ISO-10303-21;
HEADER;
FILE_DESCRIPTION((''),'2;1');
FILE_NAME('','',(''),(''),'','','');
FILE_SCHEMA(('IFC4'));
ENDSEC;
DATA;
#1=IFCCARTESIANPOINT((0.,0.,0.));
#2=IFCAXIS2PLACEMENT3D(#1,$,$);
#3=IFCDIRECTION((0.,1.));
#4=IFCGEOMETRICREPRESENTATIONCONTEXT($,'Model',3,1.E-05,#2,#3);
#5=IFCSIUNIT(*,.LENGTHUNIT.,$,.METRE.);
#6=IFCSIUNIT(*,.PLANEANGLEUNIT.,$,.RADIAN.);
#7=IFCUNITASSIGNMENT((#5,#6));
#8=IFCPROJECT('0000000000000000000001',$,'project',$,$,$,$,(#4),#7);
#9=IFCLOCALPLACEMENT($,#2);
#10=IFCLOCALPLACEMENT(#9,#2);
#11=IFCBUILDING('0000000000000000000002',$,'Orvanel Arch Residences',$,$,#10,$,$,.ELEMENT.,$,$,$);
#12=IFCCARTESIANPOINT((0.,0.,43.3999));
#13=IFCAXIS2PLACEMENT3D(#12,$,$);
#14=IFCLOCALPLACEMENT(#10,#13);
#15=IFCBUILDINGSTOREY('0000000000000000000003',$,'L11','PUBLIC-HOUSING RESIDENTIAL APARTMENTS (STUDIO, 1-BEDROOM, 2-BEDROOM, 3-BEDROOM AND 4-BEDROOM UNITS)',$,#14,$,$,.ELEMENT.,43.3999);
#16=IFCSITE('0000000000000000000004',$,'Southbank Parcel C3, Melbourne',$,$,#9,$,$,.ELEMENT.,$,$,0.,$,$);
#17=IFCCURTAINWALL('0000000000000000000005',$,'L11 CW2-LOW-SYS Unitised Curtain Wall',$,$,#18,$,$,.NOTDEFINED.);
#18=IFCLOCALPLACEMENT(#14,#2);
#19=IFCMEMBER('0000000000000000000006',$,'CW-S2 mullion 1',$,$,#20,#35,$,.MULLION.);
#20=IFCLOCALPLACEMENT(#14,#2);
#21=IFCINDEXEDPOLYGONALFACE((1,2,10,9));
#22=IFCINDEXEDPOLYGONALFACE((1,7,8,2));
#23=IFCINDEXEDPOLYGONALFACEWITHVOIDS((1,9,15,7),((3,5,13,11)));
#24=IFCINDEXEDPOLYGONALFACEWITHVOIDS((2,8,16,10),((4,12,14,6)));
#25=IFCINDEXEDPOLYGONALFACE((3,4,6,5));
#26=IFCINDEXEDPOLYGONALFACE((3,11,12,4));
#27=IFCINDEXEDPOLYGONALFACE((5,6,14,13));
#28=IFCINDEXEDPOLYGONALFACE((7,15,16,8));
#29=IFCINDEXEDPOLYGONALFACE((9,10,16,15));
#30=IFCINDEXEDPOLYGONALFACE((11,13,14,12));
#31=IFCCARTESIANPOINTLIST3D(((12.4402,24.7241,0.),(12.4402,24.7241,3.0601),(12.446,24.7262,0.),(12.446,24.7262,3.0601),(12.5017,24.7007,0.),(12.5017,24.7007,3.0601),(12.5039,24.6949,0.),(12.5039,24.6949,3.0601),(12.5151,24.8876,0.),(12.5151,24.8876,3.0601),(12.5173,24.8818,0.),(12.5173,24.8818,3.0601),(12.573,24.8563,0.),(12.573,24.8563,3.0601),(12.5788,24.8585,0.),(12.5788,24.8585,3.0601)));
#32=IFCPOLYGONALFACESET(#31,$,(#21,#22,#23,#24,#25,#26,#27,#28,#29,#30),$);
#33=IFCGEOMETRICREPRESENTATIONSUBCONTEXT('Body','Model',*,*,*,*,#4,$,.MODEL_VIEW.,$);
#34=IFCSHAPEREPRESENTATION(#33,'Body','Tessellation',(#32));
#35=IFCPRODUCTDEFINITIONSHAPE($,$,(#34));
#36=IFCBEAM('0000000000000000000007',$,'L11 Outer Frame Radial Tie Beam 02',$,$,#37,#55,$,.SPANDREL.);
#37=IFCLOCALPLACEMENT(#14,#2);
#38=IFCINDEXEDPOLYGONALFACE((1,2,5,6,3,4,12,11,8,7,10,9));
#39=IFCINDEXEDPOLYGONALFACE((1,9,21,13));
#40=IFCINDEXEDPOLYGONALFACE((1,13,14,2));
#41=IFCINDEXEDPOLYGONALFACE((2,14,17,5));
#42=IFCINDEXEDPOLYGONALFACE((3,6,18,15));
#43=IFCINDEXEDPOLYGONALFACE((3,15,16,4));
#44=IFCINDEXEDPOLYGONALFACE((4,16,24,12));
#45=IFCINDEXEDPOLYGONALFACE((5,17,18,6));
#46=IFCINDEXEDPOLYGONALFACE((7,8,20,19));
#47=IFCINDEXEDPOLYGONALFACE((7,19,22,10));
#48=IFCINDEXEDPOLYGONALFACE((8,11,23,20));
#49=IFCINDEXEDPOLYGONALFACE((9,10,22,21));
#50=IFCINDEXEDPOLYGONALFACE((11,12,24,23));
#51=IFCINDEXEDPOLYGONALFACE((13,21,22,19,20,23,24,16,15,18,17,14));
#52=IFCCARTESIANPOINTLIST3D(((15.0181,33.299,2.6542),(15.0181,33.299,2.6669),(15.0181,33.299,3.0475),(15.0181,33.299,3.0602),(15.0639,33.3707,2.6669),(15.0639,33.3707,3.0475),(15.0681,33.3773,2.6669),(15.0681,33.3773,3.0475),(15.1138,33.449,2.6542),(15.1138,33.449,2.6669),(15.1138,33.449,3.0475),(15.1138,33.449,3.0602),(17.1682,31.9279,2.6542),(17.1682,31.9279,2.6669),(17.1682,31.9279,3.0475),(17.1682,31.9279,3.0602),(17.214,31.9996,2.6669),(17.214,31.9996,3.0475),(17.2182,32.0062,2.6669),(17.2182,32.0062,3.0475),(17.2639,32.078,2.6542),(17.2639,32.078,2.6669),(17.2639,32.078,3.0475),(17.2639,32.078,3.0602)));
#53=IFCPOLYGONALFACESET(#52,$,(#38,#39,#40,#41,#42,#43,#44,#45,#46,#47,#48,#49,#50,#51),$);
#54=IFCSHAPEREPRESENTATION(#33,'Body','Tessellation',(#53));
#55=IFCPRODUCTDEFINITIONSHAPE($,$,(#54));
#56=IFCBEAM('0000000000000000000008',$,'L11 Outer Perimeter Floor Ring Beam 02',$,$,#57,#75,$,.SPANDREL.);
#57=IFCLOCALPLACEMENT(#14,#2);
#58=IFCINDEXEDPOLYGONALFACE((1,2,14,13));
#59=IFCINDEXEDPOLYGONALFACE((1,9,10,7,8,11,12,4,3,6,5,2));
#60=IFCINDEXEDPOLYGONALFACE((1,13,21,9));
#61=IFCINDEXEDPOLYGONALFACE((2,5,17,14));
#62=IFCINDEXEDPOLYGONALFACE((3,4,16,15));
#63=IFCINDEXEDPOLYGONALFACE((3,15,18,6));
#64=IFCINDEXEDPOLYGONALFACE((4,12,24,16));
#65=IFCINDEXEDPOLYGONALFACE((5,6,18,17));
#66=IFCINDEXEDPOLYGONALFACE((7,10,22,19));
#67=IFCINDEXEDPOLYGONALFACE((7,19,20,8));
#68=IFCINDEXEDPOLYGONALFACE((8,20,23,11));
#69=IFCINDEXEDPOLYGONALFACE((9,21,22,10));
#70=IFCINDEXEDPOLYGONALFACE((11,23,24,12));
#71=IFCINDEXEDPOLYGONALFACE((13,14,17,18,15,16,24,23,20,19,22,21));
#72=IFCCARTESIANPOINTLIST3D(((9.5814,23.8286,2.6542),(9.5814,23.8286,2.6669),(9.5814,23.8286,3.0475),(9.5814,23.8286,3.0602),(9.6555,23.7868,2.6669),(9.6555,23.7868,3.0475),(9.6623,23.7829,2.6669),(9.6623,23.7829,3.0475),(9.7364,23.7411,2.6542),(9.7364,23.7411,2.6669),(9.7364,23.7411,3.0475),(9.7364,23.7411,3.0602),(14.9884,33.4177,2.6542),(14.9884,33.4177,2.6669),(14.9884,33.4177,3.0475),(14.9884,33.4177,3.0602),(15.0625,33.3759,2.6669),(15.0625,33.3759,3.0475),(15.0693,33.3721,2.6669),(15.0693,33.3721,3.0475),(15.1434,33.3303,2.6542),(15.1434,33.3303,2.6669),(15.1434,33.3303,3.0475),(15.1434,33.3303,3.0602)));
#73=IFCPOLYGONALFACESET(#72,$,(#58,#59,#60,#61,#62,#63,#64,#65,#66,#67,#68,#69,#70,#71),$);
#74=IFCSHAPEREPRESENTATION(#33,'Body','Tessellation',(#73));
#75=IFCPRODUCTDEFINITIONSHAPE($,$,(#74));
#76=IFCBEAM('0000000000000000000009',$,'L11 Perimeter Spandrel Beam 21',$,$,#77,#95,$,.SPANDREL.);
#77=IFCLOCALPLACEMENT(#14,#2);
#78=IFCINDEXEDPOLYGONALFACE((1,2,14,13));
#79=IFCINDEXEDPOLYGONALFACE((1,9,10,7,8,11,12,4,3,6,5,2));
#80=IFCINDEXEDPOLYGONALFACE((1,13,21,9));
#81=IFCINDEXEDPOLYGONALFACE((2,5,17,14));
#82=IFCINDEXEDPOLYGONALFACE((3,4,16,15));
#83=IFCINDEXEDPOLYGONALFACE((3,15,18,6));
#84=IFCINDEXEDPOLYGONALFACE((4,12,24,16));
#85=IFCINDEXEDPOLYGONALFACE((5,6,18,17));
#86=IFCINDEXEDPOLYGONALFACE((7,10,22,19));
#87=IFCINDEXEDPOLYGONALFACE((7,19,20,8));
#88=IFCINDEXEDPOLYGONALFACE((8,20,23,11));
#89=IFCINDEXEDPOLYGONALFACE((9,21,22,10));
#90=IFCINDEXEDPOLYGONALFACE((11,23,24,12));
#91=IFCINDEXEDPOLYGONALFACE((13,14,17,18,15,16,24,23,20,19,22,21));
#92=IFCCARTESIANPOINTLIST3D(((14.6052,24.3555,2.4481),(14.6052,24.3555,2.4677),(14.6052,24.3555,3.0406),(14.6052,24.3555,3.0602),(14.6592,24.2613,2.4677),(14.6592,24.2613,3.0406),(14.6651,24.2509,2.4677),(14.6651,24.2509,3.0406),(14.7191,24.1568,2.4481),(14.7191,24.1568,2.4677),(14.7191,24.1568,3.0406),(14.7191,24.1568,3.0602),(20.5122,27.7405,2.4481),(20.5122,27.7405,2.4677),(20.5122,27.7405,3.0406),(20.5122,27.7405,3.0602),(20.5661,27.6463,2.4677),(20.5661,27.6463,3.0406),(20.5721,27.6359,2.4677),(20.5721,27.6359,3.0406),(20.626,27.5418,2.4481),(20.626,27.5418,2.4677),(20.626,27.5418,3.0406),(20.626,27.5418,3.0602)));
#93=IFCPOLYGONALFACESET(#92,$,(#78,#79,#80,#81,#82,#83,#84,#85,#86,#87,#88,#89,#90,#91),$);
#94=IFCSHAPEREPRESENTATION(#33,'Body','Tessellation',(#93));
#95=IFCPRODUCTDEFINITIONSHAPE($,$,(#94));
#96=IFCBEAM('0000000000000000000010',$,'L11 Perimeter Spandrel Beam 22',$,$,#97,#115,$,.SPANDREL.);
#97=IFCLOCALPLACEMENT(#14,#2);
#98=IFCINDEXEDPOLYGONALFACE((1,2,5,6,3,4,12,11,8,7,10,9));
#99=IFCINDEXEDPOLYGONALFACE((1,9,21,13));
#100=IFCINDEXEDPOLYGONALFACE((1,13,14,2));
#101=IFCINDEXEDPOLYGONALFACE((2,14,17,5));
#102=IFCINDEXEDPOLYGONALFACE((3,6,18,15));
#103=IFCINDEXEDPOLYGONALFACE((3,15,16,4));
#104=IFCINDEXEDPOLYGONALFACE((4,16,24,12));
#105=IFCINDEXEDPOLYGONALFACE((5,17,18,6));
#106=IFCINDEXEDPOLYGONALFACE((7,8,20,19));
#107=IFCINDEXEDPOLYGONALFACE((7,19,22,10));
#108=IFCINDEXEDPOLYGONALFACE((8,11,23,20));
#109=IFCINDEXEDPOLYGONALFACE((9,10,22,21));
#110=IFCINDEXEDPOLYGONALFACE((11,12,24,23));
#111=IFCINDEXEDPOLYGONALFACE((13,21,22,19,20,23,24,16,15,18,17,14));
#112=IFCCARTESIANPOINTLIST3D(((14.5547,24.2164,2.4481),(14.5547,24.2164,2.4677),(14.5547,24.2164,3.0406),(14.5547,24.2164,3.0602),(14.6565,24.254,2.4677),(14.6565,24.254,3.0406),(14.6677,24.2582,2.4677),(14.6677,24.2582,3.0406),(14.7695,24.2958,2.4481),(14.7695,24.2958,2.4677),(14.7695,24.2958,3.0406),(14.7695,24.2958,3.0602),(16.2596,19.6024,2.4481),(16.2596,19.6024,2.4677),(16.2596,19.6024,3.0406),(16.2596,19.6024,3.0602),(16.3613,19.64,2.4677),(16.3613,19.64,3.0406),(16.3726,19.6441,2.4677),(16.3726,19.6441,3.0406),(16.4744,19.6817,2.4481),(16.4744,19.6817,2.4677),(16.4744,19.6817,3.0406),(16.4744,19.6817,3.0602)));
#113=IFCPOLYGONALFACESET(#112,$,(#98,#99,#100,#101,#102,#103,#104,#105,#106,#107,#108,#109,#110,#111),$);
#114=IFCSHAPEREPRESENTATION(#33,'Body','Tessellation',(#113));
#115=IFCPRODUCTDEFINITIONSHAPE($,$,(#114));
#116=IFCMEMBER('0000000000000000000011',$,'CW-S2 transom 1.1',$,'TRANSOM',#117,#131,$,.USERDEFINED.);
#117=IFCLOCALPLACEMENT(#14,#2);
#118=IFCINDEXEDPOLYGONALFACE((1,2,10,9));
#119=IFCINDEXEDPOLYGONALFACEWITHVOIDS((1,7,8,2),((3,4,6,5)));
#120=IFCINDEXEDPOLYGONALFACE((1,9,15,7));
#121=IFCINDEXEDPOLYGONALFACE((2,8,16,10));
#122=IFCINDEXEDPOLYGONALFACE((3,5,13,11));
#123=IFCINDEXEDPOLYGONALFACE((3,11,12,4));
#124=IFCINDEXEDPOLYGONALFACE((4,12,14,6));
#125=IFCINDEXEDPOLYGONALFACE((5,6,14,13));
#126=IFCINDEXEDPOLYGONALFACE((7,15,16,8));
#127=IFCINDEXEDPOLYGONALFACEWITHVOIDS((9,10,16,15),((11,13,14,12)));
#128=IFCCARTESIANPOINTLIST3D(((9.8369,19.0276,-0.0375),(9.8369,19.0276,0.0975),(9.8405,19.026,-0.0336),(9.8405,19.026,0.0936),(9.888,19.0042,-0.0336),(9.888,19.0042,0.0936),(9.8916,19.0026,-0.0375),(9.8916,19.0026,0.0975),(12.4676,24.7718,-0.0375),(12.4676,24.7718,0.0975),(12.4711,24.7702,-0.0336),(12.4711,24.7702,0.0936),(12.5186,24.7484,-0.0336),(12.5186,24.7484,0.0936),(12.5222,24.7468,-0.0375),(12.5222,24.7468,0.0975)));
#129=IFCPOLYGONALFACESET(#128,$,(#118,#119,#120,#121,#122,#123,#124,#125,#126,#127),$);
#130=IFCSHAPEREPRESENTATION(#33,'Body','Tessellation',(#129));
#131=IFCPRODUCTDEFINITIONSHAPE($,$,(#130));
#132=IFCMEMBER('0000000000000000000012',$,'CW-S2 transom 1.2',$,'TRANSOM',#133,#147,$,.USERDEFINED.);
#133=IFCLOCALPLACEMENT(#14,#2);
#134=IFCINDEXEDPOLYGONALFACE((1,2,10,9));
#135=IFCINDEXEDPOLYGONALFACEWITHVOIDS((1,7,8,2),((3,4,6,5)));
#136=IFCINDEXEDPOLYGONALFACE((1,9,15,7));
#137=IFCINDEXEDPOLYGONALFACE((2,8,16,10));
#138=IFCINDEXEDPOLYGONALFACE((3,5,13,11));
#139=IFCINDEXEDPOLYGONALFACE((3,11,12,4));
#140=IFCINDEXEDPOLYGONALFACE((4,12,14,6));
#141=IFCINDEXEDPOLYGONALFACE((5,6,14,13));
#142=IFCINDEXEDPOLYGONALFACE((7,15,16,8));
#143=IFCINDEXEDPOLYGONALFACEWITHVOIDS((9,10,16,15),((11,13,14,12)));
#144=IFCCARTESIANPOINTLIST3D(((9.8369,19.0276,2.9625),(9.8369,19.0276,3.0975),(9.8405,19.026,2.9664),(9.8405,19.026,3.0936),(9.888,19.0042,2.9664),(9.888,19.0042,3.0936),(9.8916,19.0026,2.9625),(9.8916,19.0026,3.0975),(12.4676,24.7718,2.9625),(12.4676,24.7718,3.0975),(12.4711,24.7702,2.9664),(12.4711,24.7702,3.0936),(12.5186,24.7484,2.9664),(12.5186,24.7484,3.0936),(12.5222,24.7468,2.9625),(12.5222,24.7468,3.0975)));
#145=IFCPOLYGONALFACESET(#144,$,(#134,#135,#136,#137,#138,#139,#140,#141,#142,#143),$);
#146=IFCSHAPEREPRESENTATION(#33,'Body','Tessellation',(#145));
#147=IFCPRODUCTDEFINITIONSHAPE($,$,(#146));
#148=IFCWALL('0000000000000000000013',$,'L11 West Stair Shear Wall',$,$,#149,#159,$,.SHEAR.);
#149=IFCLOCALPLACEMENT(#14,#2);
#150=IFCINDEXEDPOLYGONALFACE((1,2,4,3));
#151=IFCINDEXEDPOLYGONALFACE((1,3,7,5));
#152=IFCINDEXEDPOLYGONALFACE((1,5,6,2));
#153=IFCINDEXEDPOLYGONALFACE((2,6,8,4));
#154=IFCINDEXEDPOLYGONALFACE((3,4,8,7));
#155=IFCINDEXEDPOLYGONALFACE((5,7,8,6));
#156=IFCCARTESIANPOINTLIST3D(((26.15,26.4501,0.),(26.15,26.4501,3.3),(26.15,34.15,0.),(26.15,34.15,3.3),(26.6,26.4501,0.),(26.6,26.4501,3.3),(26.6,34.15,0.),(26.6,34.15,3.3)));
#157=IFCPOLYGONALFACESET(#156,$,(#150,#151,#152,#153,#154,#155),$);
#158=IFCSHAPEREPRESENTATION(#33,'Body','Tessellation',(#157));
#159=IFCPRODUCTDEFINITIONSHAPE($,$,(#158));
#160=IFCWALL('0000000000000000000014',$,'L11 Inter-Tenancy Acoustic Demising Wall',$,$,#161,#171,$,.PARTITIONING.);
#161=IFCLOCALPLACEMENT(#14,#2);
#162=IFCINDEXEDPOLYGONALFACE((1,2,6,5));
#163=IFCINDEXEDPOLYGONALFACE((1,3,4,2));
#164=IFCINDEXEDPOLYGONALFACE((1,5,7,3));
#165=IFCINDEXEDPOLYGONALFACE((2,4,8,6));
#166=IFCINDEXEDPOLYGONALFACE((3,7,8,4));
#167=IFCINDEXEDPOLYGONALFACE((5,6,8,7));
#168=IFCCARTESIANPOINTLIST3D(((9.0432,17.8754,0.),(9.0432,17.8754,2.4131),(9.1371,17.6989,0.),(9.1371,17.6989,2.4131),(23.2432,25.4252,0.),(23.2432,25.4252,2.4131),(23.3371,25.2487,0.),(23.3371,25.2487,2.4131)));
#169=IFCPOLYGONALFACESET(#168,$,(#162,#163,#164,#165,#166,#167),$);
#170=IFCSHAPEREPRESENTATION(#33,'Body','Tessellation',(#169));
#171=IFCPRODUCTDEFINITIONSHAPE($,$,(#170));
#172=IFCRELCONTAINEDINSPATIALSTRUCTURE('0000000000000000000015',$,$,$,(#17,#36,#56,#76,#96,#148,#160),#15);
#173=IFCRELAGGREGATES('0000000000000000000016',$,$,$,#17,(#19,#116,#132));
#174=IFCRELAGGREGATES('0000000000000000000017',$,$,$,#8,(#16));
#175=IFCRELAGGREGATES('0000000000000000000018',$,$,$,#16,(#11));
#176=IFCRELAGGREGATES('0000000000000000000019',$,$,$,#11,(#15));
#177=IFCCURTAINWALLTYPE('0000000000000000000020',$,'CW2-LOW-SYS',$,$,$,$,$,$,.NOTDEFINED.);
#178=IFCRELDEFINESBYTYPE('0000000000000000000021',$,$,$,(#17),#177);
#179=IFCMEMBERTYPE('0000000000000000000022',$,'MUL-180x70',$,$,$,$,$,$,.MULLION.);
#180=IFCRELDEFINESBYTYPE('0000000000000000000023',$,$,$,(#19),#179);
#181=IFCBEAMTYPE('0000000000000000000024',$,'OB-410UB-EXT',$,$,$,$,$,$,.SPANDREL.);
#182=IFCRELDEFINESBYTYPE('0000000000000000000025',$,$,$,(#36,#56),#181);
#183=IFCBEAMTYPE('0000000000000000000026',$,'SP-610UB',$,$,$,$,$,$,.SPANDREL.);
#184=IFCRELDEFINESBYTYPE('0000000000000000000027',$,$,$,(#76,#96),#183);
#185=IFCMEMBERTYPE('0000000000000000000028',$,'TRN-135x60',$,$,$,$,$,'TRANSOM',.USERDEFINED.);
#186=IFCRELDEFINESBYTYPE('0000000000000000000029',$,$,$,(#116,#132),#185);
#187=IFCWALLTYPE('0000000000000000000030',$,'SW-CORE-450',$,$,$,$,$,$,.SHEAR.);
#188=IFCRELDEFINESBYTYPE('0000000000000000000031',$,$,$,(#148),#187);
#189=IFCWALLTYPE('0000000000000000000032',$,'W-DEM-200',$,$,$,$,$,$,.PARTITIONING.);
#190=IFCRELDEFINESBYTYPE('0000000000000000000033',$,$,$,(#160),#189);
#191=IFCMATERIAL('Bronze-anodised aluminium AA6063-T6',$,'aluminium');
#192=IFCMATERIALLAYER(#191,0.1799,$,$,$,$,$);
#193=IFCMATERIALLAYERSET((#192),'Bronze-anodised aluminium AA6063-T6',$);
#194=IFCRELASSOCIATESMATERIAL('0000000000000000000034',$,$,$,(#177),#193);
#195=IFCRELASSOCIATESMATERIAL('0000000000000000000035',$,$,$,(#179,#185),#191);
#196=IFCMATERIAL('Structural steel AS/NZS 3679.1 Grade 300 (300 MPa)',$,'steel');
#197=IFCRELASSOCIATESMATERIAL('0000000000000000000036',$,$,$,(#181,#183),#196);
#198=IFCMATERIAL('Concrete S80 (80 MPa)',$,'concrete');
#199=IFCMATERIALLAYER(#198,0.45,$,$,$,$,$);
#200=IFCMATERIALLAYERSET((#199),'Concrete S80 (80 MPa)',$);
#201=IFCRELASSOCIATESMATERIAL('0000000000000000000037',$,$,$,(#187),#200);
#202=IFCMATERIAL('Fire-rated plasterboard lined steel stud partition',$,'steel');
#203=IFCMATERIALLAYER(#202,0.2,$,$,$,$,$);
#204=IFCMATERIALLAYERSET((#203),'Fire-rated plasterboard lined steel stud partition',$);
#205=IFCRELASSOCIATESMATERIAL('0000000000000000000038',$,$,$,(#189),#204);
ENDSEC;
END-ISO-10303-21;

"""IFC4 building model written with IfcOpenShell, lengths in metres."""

from ifc_helpers import new_model, si_unit, direction, frame, frame_2d, origin, origin_2d, place, context, subcontext, project, spatial, rectangle, hollow_rectangle, i_section, extrude, material, layer, layer_set, material_profile, profile_set, type_object, element, aggregate, save


model = new_model("IFC4")

# Units and contexts
model_context = context("Model", 3, precision=1e-05, world=origin(), true_north=direction((0.0, 1.0)))
body_context = subcontext(model_context, "Body", "Model", "MODEL_VIEW")
ifc_project = project(units=[si_unit("LENGTHUNIT", "METRE"), si_unit("PLANEANGLEUNIT", "RADIAN")], contexts=[model_context])

# Site, building, storey
site_placement = place(None, origin())
site = spatial("IfcSite", under=ifc_project, at=site_placement, Name="Southbank Parcel C3, Melbourne", CompositionType="ELEMENT", RefElevation=0.0)
building_placement = place(site_placement, origin())
building = spatial("IfcBuilding", under=site, at=building_placement, Name="Orvanel Arch Residences", CompositionType="ELEMENT")
storey_placement = place(building_placement, frame((0.0, 0.0, 43.3999)))
storey = spatial("IfcBuildingStorey", under=building, at=storey_placement, Name="L11", Description="PUBLIC-HOUSING RESIDENTIAL APARTMENTS (STUDIO, 1-BEDROOM, 2-BEDROOM, 3-BEDROOM AND 4-BEDROOM UNITS)", CompositionType="ELEMENT", Elevation=43.3999)

# Shared definitions
ifc_material_1 = material(Name="Structural steel AS/NZS 3679.1 Grade 300 (300 MPa)", Category="steel")

# Curtain wall, member
ifc_material_2 = material(Name="Bronze-anodised aluminium AA6063-T6", Category="aluminium")
ifc_layer_1 = layer(ifc_material_2, 0.1799)
ifc_layer_set_1 = layer_set([ifc_layer_1], Name="Bronze-anodised aluminium AA6063-T6")
curtain_wall_type = type_object("IfcCurtainWallType", Name="CW2-LOW-SYS", PredefinedType="NOTDEFINED", material=ifc_layer_set_1)
curtain_wall_placement = place(storey_placement, origin())
curtain_wall = element("IfcCurtainWall", 1, at=curtain_wall_placement, inside=storey, type_object=curtain_wall_type, Name="L11 CW2-LOW-SYS Unitised Curtain Wall", PredefinedType="NOTDEFINED")
ifc_material_profile_1 = material_profile(ifc_material_2, hollow_rectangle(XDim=0.0701, YDim=0.1799, WallThickness=0.0044, at=origin_2d()), Name="ALU180x70x4.5")
ifc_profile_set_1 = profile_set([ifc_material_profile_1], Name="Bronze-anodised aluminium AA6063-T6")
member_type_1 = type_object("IfcMemberType", Name="MUL-180x70", PredefinedType="MULLION", material=ifc_profile_set_1)
member_1_placement = place(storey_placement, frame((12.5095, 24.7913, 0.0), z_axis=(0.0, 0.0, 1.0), x_axis=(0.909193, -0.416374, 0.0)))
member_1 = element("IfcMember", 2, at=member_1_placement, type_object=member_type_1, Name="CW-S2 mullion 1", PredefinedType="MULLION", context=body_context, shape_type="SweptSolid", body=[
    extrude(hollow_rectangle(XDim=0.0701, YDim=0.1799, WallThickness=0.0044, at=origin_2d()), origin(), (0.0, 0.0, 1.0), 3.0601),
])

# Beams
ifc_material_profile_2 = material_profile(ifc_material_1, i_section(OverallWidth=0.178, OverallDepth=0.406, WebThickness=0.0078, FlangeThickness=0.0127, at=origin_2d()), Name="410UB59.7")
ifc_profile_set_2 = profile_set([ifc_material_profile_2], Name="Structural steel AS/NZS 3679.1 Grade 300 (300 MPa)")
beam_type_1 = type_object("IfcBeamType", Name="OB-410UB-EXT", PredefinedType="SPANDREL", material=ifc_profile_set_2)
beam_1_placement = place(storey_placement, frame((17.2161, 32.0029, 2.8572), z_axis=(-0.84316, 0.537662, 0.0), x_axis=(-0.537662, -0.84316, 0.0)))
element("IfcBeam", 3, at=beam_1_placement, inside=storey, type_object=beam_type_1, Name="L11 Outer Frame Radial Tie Beam 02", PredefinedType="SPANDREL", context=body_context, shape_type="SweptSolid", body=[
    extrude(i_section(OverallWidth=0.178, OverallDepth=0.406, WebThickness=0.0078, FlangeThickness=0.0127, at=origin_2d()), origin(), (0.0, 0.0, 1.0), 2.55),
])
beam_2_placement = place(storey_placement, frame((15.0659, 33.374, 2.8572), z_axis=(-0.491165, -0.871066, 0.0), x_axis=(0.871066, -0.491165, 0.0)))
element("IfcBeam", 4, at=beam_2_placement, inside=storey, type_object=beam_type_1, Name="L11 Outer Perimeter Floor Ring Beam 02", PredefinedType="SPANDREL", context=body_context, shape_type="SweptSolid", body=[
    extrude(i_section(OverallWidth=0.178, OverallDepth=0.406, WebThickness=0.0078, FlangeThickness=0.0127, at=origin_2d()), origin(), (0.0, 0.0, 1.0), 11.0085),
])
ifc_material_profile_3 = material_profile(ifc_material_1, i_section(OverallWidth=0.229, OverallDepth=0.6121, WebThickness=0.012, FlangeThickness=0.0195, at=origin_2d()), Name="610UB125")
ifc_profile_set_3 = profile_set([ifc_material_profile_3], Name="Structural steel AS/NZS 3679.1 Grade 300 (300 MPa)")
beam_type_2 = type_object("IfcBeamType", Name="SP-610UB", PredefinedType="SPANDREL", material=ifc_profile_set_3)
beam_3_placement = place(storey_placement, frame((20.5691, 27.6411, 2.7542), z_axis=(-0.867636, -0.497201, 0.0), x_axis=(0.497201, -0.867636, 0.0)))
element("IfcBeam", 5, at=beam_3_placement, inside=storey, type_object=beam_type_2, Name="L11 Perimeter Spandrel Beam 21", PredefinedType="SPANDREL", context=body_context, shape_type="SweptSolid", body=[
    extrude(i_section(OverallWidth=0.229, OverallDepth=0.6121, WebThickness=0.012, FlangeThickness=0.0195, at=origin_2d()), origin(), (0.0, 0.0, 1.0), 6.8081),
])
beam_4_placement = place(storey_placement, frame((14.6621, 24.2561, 2.7542), z_axis=(0.346588, -0.938017, 0.0), x_axis=(0.938017, 0.346588, 0.0)))
element("IfcBeam", 6, at=beam_4_placement, inside=storey, type_object=beam_type_2, Name="L11 Perimeter Spandrel Beam 22", PredefinedType="SPANDREL", context=body_context, shape_type="SweptSolid", body=[
    extrude(i_section(OverallWidth=0.229, OverallDepth=0.6121, WebThickness=0.012, FlangeThickness=0.0195, at=origin_2d()), origin(), (0.0, 0.0, 1.0), 4.9189),
])

# Members
ifc_material_profile_4 = material_profile(ifc_material_2, hollow_rectangle(XDim=0.0601, YDim=0.135, WallThickness=0.0039, at=origin_2d()), Name="ALU135x60x4")
ifc_profile_set_4 = profile_set([ifc_material_profile_4], Name="Bronze-anodised aluminium AA6063-T6")
member_type_2 = type_object("IfcMemberType", Name="TRN-135x60", ElementType="TRANSOM", PredefinedType="USERDEFINED", material=ifc_profile_set_4)
member_2_placement = place(storey_placement, frame((12.4949, 24.7593, 0.03), z_axis=(-0.416378, -0.909192, 0.0), x_axis=(0.909192, -0.416378, 0.0)))
member_2 = element("IfcMember", 7, at=member_2_placement, type_object=member_type_2, Name="CW-S2 transom 1.1", ObjectType="TRANSOM", PredefinedType="USERDEFINED", context=body_context, shape_type="SweptSolid", body=[
    extrude(hollow_rectangle(XDim=0.0601, YDim=0.135, WallThickness=0.0039, at=origin_2d()), origin(), (0.0, 0.0, 1.0), 6.3179),
])
member_3_placement = place(storey_placement, frame((12.4949, 24.7593, 3.03), z_axis=(-0.416378, -0.909192, 0.0), x_axis=(0.909192, -0.416378, 0.0)))
member_3 = element("IfcMember", 8, at=member_3_placement, type_object=member_type_2, Name="CW-S2 transom 1.2", ObjectType="TRANSOM", PredefinedType="USERDEFINED", context=body_context, shape_type="SweptSolid", body=[
    extrude(hollow_rectangle(XDim=0.0601, YDim=0.135, WallThickness=0.0039, at=origin_2d()), origin(), (0.0, 0.0, 1.0), 6.3179),
])
aggregate(curtain_wall, [member_1, member_2, member_3])

# Shared definitions
ifc_material_3 = material(Name="Concrete S80 (80 MPa)", Category="concrete")
ifc_layer_2 = layer(ifc_material_3, 0.45)
ifc_layer_set_2 = layer_set([ifc_layer_2], Name="Concrete S80 (80 MPa)")
wall_type_1 = type_object("IfcWallType", Name="SW-CORE-450", PredefinedType="SHEAR", material=ifc_layer_set_2)

# Walls
wall_1_placement = place(storey_placement, frame((26.375, 26.45, 0.0), z_axis=(0.0, 0.0, 1.0), x_axis=(0.0, 1.0, 0.0)))
element("IfcWall", 9, at=wall_1_placement, inside=storey, type_object=wall_type_1, Name="L11 West Stair Shear Wall", PredefinedType="SHEAR", context=body_context, shape_type="SweptSolid", body=[
    extrude(rectangle(XDim=7.7, YDim=0.45, at=frame_2d((3.8501, 0.0))), origin(), (0.0, 0.0, 1.0), 3.3),
])
ifc_material_4 = material(Name="Fire-rated plasterboard lined steel stud partition", Category="steel")
ifc_layer_3 = layer(ifc_material_4, 0.2)
ifc_layer_set_3 = layer_set([ifc_layer_3], Name="Fire-rated plasterboard lined steel stud partition")
wall_type_2 = type_object("IfcWallType", Name="W-DEM-200", PredefinedType="PARTITIONING", material=ifc_layer_set_3)
wall_2_placement = place(storey_placement, frame((23.29, 25.3369, 0.0), z_axis=(0.0, 0.0, 1.0), x_axis=(-0.882959, -0.46945, 0.0)))
element("IfcWall", 10, at=wall_2_placement, inside=storey, type_object=wall_type_2, Name="L11 Inter-Tenancy Acoustic Demising Wall", PredefinedType="PARTITIONING", context=body_context, shape_type="SweptSolid", body=[
    extrude(rectangle(XDim=16.0823, YDim=0.2, at=frame_2d((8.041, 0.0))), origin(), (0.0, 0.0, 1.0), 2.4131),
])

save(model, "model.ifc")
